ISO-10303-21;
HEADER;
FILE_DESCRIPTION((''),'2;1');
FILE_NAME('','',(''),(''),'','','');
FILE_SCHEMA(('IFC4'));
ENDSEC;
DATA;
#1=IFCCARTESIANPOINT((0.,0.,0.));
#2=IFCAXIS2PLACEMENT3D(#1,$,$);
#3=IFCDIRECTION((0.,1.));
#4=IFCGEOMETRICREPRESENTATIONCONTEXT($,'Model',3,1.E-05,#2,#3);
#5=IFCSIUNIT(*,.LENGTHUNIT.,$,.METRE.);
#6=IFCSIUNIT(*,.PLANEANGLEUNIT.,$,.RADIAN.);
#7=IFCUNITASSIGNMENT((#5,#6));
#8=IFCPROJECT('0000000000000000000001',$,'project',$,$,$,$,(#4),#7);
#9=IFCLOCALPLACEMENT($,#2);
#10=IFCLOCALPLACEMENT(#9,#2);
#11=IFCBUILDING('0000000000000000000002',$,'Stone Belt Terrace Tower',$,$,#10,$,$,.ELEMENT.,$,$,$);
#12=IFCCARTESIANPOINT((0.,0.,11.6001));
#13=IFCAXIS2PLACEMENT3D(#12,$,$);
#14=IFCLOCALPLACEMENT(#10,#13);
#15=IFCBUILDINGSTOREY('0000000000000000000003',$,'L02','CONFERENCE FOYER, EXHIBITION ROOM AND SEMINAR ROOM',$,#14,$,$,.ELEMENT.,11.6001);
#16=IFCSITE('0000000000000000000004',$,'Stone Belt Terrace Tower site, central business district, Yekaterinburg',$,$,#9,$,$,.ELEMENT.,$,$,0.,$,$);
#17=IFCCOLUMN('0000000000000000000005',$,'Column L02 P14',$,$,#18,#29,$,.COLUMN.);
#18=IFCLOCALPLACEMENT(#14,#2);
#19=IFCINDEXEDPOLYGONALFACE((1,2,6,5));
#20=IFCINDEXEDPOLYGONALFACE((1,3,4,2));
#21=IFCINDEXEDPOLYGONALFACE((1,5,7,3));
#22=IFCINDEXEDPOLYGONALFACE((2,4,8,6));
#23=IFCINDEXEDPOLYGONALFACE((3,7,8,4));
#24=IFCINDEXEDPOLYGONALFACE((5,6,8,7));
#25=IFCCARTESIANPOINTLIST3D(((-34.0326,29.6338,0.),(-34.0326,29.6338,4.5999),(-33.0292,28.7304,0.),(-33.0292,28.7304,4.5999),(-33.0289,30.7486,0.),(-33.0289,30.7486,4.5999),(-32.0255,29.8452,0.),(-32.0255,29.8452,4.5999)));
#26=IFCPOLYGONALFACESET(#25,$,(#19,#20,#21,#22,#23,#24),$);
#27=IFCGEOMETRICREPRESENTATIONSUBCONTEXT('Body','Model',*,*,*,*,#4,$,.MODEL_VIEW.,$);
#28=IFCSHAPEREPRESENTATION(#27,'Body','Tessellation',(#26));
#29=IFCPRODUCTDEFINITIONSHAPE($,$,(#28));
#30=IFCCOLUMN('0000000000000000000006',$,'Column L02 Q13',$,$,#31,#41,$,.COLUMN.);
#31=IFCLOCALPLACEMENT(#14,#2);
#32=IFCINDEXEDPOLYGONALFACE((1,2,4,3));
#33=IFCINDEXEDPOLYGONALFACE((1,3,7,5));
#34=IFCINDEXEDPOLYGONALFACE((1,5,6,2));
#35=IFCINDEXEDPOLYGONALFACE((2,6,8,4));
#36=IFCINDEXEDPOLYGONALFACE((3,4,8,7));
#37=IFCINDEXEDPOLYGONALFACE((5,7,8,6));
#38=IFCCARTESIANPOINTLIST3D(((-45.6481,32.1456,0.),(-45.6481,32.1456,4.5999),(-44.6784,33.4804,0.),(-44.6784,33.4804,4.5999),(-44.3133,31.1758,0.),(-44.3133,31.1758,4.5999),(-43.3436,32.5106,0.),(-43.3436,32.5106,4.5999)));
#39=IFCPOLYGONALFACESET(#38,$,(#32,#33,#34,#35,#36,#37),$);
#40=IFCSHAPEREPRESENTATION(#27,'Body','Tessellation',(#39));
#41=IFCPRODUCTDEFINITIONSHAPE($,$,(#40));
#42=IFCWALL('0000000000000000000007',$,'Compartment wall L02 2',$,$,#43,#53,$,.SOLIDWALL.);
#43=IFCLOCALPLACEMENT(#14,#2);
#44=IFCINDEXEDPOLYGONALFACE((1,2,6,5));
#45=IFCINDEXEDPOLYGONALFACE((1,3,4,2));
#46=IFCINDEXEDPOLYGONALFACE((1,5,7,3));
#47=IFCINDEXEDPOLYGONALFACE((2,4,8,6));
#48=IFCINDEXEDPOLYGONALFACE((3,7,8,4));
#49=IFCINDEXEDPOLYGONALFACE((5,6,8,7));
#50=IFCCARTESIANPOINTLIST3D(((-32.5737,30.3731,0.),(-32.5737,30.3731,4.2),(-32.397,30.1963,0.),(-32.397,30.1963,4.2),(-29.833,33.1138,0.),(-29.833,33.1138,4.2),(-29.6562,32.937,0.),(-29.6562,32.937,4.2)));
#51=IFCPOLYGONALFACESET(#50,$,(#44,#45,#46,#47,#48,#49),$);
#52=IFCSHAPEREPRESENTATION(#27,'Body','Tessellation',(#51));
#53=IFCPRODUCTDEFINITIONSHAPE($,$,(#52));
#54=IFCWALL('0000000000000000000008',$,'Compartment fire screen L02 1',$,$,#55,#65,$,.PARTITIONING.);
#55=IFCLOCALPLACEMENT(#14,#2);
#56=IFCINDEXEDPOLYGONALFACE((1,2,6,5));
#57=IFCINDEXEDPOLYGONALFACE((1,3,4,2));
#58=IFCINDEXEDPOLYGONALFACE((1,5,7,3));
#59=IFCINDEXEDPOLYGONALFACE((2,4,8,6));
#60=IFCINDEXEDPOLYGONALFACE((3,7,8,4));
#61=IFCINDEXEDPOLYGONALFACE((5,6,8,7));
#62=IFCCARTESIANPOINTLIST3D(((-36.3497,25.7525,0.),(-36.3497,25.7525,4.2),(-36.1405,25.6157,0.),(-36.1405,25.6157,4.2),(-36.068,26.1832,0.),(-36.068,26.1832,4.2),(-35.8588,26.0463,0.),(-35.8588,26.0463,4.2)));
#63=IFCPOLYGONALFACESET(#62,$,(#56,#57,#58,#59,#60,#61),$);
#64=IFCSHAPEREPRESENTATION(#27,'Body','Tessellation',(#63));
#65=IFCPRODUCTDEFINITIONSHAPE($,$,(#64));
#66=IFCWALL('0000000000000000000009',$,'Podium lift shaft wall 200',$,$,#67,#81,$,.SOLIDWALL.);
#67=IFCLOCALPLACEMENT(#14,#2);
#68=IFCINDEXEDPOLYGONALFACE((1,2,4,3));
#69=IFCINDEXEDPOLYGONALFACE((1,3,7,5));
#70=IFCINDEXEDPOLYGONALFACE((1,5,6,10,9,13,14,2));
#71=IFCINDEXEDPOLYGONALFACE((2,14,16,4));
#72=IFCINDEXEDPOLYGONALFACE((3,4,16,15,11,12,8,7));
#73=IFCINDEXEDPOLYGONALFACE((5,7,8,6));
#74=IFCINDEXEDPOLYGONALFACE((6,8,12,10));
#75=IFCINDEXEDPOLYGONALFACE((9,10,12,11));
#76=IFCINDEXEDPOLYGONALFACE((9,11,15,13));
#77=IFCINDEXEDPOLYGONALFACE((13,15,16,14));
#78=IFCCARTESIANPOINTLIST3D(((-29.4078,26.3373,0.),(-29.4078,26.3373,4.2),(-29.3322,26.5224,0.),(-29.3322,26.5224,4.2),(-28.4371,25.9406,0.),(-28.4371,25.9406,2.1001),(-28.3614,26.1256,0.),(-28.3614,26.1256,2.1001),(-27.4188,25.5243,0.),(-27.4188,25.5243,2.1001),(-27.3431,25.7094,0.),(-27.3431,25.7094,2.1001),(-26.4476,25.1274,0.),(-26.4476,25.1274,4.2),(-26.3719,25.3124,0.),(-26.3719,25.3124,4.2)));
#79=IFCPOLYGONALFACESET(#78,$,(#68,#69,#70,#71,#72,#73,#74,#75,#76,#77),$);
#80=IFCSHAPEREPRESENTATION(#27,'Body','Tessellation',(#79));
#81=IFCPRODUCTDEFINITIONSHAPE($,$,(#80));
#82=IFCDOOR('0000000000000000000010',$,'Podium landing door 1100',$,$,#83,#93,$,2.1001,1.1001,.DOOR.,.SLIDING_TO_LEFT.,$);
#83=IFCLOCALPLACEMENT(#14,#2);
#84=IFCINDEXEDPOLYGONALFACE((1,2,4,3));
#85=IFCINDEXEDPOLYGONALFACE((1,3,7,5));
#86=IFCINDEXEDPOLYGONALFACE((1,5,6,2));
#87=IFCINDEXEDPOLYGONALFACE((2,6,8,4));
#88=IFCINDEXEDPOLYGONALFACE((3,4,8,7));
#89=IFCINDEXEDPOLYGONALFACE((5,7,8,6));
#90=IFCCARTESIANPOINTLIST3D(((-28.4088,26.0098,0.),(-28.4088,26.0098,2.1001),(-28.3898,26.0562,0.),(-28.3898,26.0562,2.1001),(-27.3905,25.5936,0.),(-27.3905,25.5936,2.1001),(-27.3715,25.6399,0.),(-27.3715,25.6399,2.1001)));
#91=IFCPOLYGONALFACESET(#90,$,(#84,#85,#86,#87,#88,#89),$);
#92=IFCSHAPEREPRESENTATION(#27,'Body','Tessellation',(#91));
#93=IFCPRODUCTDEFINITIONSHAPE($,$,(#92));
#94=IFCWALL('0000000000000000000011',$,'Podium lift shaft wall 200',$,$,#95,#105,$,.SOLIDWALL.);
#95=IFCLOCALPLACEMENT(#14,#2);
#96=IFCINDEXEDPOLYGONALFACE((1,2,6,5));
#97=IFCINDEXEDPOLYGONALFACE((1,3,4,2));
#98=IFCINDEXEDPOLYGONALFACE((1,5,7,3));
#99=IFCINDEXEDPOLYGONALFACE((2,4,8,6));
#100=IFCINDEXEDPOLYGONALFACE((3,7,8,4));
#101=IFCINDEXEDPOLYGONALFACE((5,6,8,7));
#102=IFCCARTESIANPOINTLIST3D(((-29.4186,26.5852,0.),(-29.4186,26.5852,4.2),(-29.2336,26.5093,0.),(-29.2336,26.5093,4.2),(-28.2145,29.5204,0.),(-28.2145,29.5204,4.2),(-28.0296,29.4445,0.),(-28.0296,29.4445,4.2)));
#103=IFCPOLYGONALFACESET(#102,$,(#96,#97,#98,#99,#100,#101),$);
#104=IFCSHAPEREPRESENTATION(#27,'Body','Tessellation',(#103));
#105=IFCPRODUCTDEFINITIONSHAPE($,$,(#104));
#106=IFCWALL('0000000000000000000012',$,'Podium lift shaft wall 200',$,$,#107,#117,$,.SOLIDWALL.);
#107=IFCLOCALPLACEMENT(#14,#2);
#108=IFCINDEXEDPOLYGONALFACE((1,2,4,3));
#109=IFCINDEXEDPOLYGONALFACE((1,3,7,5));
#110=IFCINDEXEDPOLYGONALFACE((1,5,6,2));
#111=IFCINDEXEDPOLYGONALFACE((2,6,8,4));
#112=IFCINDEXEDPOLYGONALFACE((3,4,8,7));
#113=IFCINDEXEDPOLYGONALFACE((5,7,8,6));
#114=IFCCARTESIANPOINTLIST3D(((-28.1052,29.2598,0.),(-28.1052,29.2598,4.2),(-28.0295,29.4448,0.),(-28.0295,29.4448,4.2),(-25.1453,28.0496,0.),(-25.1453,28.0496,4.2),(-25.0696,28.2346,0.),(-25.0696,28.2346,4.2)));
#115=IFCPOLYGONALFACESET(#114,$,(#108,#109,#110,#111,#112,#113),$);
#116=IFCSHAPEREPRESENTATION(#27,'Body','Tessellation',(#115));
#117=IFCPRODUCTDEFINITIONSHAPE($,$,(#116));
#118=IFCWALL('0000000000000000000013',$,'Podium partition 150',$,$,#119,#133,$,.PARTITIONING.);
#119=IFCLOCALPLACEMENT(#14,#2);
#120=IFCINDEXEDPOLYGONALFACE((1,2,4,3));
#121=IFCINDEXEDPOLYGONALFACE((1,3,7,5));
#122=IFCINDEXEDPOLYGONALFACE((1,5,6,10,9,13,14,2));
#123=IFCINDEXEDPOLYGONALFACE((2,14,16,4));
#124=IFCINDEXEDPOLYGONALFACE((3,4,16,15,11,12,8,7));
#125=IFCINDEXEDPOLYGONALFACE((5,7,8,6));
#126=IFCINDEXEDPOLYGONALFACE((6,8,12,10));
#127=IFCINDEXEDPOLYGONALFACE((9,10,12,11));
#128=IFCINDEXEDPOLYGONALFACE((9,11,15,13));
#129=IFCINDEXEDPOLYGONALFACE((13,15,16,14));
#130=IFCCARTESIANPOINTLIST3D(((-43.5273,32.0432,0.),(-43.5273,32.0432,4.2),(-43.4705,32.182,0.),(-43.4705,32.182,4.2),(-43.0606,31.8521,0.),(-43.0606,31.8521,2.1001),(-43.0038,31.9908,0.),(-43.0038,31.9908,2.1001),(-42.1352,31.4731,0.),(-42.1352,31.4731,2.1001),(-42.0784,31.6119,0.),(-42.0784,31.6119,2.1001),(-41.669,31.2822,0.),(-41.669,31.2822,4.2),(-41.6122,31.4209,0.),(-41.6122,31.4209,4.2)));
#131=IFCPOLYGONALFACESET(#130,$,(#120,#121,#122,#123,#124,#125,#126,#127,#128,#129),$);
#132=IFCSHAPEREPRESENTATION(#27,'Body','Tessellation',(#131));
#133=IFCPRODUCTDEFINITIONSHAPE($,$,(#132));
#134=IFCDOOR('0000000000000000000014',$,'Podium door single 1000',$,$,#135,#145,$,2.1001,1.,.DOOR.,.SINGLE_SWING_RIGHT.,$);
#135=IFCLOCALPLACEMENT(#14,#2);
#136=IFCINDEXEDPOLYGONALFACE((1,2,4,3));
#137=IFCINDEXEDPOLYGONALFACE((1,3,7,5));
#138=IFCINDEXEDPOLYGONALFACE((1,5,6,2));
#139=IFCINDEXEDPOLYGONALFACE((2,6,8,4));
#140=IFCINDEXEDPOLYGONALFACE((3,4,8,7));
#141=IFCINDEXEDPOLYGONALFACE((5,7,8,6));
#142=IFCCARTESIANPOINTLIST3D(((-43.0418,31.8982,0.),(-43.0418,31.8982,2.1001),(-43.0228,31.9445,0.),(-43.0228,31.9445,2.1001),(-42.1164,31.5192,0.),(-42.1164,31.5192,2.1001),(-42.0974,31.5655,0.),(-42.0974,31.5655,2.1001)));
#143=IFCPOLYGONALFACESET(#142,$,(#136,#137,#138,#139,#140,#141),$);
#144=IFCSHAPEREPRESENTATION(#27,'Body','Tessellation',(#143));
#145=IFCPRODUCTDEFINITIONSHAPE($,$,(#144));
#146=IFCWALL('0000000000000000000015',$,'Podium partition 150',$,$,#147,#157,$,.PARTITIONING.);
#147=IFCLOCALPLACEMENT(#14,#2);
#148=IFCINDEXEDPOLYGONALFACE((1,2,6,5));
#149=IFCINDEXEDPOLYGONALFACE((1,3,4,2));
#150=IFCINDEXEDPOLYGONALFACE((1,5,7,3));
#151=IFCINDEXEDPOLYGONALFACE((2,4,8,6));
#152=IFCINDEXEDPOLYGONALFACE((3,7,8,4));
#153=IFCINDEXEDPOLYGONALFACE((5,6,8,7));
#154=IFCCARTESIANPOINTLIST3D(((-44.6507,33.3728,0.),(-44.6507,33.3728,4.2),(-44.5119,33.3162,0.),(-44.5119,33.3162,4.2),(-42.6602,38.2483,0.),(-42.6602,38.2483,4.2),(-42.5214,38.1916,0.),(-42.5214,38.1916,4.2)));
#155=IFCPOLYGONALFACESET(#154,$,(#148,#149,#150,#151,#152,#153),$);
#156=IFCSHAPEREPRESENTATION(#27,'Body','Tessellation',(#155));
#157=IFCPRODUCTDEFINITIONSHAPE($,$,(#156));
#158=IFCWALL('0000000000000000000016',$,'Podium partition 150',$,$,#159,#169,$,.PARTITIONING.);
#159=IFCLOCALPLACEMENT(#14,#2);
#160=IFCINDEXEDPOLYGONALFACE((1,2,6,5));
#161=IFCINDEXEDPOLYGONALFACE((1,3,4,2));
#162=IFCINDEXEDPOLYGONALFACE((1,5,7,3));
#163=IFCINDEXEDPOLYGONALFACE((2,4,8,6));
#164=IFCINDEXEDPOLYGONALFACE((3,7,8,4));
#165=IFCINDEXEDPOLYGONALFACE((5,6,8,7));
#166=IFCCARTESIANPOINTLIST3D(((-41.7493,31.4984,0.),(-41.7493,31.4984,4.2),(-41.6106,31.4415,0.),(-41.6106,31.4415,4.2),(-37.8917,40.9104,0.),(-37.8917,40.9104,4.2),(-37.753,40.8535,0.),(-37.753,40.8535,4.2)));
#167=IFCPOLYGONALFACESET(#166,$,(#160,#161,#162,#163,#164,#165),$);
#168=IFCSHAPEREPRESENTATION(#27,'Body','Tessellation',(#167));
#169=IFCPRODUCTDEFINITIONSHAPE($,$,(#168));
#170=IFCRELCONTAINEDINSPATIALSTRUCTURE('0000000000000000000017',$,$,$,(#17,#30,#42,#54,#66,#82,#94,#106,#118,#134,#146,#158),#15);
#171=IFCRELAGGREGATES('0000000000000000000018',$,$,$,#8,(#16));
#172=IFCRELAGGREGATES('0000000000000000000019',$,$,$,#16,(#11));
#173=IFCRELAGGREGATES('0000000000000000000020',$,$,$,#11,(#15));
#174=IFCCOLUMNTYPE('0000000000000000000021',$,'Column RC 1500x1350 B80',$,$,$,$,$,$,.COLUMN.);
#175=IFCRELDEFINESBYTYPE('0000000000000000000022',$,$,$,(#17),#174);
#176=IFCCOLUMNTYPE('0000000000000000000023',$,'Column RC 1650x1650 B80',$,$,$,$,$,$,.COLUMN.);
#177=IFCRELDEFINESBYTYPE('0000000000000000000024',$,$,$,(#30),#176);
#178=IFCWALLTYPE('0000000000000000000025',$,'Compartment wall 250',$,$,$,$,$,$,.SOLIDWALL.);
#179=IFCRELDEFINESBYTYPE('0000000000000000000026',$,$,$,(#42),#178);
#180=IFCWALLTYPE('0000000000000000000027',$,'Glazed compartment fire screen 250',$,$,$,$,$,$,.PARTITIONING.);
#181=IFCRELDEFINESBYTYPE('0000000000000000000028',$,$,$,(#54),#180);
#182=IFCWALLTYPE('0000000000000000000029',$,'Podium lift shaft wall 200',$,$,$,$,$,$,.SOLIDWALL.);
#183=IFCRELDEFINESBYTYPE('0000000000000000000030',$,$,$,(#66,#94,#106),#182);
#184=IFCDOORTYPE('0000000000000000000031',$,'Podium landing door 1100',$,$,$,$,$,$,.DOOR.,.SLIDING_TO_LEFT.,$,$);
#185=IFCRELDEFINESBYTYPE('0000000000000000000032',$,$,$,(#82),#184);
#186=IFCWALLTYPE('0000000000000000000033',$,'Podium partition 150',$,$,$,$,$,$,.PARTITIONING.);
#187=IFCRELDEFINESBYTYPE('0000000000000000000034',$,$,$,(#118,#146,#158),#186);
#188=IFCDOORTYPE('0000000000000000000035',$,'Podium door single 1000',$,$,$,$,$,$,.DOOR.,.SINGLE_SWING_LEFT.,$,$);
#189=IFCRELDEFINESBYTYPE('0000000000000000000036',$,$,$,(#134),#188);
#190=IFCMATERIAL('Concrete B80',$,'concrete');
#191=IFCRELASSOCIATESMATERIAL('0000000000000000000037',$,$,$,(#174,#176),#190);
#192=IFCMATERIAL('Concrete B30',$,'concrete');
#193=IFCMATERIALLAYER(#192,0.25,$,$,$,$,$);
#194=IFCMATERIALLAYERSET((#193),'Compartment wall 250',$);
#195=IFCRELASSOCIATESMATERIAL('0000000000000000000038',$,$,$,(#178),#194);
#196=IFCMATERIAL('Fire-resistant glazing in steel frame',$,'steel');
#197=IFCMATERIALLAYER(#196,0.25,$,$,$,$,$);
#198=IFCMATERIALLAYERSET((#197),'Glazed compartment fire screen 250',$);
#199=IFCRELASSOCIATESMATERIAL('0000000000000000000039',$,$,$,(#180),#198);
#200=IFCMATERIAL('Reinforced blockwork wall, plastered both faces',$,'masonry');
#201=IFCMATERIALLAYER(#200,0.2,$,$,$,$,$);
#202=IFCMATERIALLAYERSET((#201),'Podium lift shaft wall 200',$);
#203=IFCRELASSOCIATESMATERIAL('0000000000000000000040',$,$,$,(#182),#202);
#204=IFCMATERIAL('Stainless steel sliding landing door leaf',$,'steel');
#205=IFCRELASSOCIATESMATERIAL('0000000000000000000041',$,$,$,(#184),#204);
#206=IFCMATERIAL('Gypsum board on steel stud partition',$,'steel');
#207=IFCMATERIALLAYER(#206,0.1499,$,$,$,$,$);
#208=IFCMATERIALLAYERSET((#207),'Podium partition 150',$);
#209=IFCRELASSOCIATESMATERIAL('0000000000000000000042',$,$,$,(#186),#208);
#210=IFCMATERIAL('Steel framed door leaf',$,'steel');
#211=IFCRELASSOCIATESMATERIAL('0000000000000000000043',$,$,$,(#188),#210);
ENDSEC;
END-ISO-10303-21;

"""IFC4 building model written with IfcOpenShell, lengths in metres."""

from ifc_helpers import new_model, si_unit, direction, frame, frame_2d, origin, origin_2d, place, context, subcontext, project, spatial, rectangle, extrude, material, layer, layer_set, material_profile, profile_set, type_object, element, fill, save


model = new_model("IFC4")

# Units and contexts
model_context = context("Model", 3, precision=1e-05, world=origin(), true_north=direction((0.0, 1.0)))
body_context = subcontext(model_context, "Body", "Model", "MODEL_VIEW")
ifc_project = project(units=[si_unit("LENGTHUNIT", "METRE"), si_unit("PLANEANGLEUNIT", "RADIAN")], contexts=[model_context])

# Site, building, storey
site_placement = place(None, origin())
site = spatial("IfcSite", under=ifc_project, at=site_placement, Name="Stone Belt Terrace Tower site, central business district, Yekaterinburg", CompositionType="ELEMENT", RefElevation=0.0)
building_placement = place(site_placement, origin())
building = spatial("IfcBuilding", under=site, at=building_placement, Name="Stone Belt Terrace Tower", CompositionType="ELEMENT")
storey_placement = place(building_placement, frame((0.0, 0.0, 11.6001)))
storey = spatial("IfcBuildingStorey", under=building, at=storey_placement, Name="L02", Description="CONFERENCE FOYER, EXHIBITION ROOM AND SEMINAR ROOM", CompositionType="ELEMENT", Elevation=11.6001)

# Columns
ifc_material_1 = material(Name="Concrete B80", Category="concrete")
ifc_material_profile_1 = material_profile(ifc_material_1, rectangle(XDim=1.5, YDim=1.3501, at=origin_2d()), Name="RC 1500x1350")
ifc_profile_set_1 = profile_set([ifc_material_profile_1], Name="Concrete B80")
column_type_1 = type_object("IfcColumnType", Name="Column RC 1500x1350 B80", PredefinedType="COLUMN", material=ifc_profile_set_1)
column_1_placement = place(storey_placement, frame((-33.0291, 29.7395, 0.0), z_axis=(0.0, 0.0, 1.0), x_axis=(0.669131, 0.743145, 0.0)))
element("IfcColumn", 1, at=column_1_placement, inside=storey, type_object=column_type_1, Name="Column L02 P14", PredefinedType="COLUMN", context=body_context, shape_type="SweptSolid", body=[
    extrude(rectangle(XDim=1.5, YDim=1.3501, at=origin_2d()), origin(), (0.0, 0.0, 1.0), 4.5999),
])
ifc_material_profile_2 = material_profile(ifc_material_1, rectangle(XDim=1.6499, YDim=1.6499, at=origin_2d()), Name="RC 1650x1650")
ifc_profile_set_2 = profile_set([ifc_material_profile_2], Name="Concrete B80")
column_type_2 = type_object("IfcColumnType", Name="Column RC 1650x1650 B80", PredefinedType="COLUMN", material=ifc_profile_set_2)
column_2_placement = place(storey_placement, frame((-44.4958, 32.3281, 0.0), z_axis=(0.0, 0.0, 1.0), x_axis=(0.587785, 0.809017, 0.0)))
element("IfcColumn", 2, at=column_2_placement, inside=storey, type_object=column_type_2, Name="Column L02 Q13", PredefinedType="COLUMN", context=body_context, shape_type="SweptSolid", body=[
    extrude(rectangle(XDim=1.6499, YDim=1.6499, at=origin_2d()), origin(), (0.0, 0.0, 1.0), 4.5999),
])

# Walls
ifc_material_2 = material(Name="Concrete B30", Category="concrete")
ifc_layer_1 = layer(ifc_material_2, 0.25)
ifc_layer_set_1 = layer_set([ifc_layer_1], Name="Compartment wall 250")
wall_type_1 = type_object("IfcWallType", Name="Compartment wall 250", PredefinedType="SOLIDWALL", material=ifc_layer_set_1)
wall_1_placement = place(storey_placement, frame((-32.4854, 30.2847, 0.0), z_axis=(0.0, 0.0, 1.0), x_axis=(0.707107, 0.707107, 0.0)))
element("IfcWall", 3, at=wall_1_placement, inside=storey, type_object=wall_type_1, Name="Compartment wall L02 2", PredefinedType="SOLIDWALL", context=body_context, shape_type="SweptSolid", body=[
    extrude(rectangle(XDim=3.876, YDim=0.25, at=frame_2d((1.938, 0.0))), origin(), (0.0, 0.0, 1.0), 4.2),
])
ifc_material_3 = material(Name="Fire-resistant glazing in steel frame", Category="steel")
ifc_layer_2 = layer(ifc_material_3, 0.25)
ifc_layer_set_2 = layer_set([ifc_layer_2], Name="Glazed compartment fire screen 250")
wall_type_2 = type_object("IfcWallType", Name="Glazed compartment fire screen 250", PredefinedType="PARTITIONING", material=ifc_layer_set_2)
wall_2_placement = place(storey_placement, frame((-36.2451, 25.6841, 0.0), z_axis=(0.0, 0.0, 1.0), x_axis=(0.547454, 0.836836, 0.0)))
element("IfcWall", 4, at=wall_2_placement, inside=storey, type_object=wall_type_2, Name="Compartment fire screen L02 1", PredefinedType="PARTITIONING", context=body_context, shape_type="SweptSolid", body=[
    extrude(rectangle(XDim=0.5146, YDim=0.25, at=frame_2d((0.2573, 0.0))), origin(), (0.0, 0.0, 1.0), 4.2),
])

# Wall, opening, door
ifc_material_4 = material(Name="Reinforced blockwork wall, plastered both faces", Category="masonry")
ifc_layer_3 = layer(ifc_material_4, 0.2)
ifc_layer_set_3 = layer_set([ifc_layer_3], Name="Podium lift shaft wall 200")
wall_type_3 = type_object("IfcWallType", Name="Podium lift shaft wall 200", PredefinedType="SOLIDWALL", material=ifc_layer_set_3)
wall_3_placement = place(storey_placement, frame((-29.3701, 26.4299, 0.0), z_axis=(0.0, 0.0, 1.0), x_axis=(0.92566, -0.378356, 0.0)))
wall_3 = element("IfcWall", 5, at=wall_3_placement, inside=storey, type_object=wall_type_3, Name="Podium lift shaft wall 200", PredefinedType="SOLIDWALL", context=body_context, shape_type="SweptSolid", body=[
    extrude(rectangle(XDim=3.198, YDim=0.2, at=frame_2d((1.5991, 0.0))), origin(), (0.0, 0.0, 1.0), 4.2),
])
opening_1_placement = place(wall_3_placement, frame((1.0488, 0.0, 0.0)))
opening_1 = element("IfcOpeningElement", 6, at=opening_1_placement, cuts=wall_3, PredefinedType="OPENING", context=body_context, shape_type="SweptSolid", body=[
    extrude(rectangle(XDim=1.1001, YDim=2.1001, at=frame_2d((0.55, 1.05))), frame((0.0, 0.1099, 0.0), z_axis=(0.0, -1.0, 0.0), x_axis=(1.0, 0.0, 0.0)), (0.0, 0.0, 1.0), 0.22),
])
ifc_material_5 = material(Name="Stainless steel sliding landing door leaf", Category="steel")
door_type_1 = type_object("IfcDoorType", Name="Podium landing door 1100", OperationType="SLIDING_TO_LEFT", PredefinedType="DOOR", material=ifc_material_5)
door_1_placement = place(opening_1_placement, origin())
door_1 = element("IfcDoor", 7, at=door_1_placement, inside=storey, type_object=door_type_1, Name="Podium landing door 1100", OperationType="SLIDING_TO_LEFT", OverallHeight=2.1001, OverallWidth=1.1001, PredefinedType="DOOR", context=body_context, shape_type="SweptSolid", body=[
    extrude(rectangle(XDim=1.1001, YDim=2.1001, at=frame_2d((0.55, 1.05))), frame((0.0, 0.0249, 0.0), z_axis=(0.0, -1.0, 0.0), x_axis=(1.0, 0.0, 0.0)), (0.0, 0.0, 1.0), 0.05),
])
fill(opening_1, door_1)

# Walls
wall_4_placement = place(storey_placement, frame((-29.3262, 26.5471, 0.0), z_axis=(0.0, 0.0, 1.0), x_axis=(0.379523, 0.925182, 0.0)))
element("IfcWall", 8, at=wall_4_placement, inside=storey, type_object=wall_type_3, Name="Podium lift shaft wall 200", PredefinedType="SOLIDWALL", context=body_context, shape_type="SweptSolid", body=[
    extrude(rectangle(XDim=3.1726, YDim=0.2, at=frame_2d((1.5864, 0.0))), origin(), (0.0, 0.0, 1.0), 4.2),
])
wall_5_placement = place(storey_placement, frame((-28.0674, 29.3523, 0.0), z_axis=(0.0, 0.0, 1.0), x_axis=(0.925622, -0.378449, 0.0)))
element("IfcWall", 9, at=wall_5_placement, inside=storey, type_object=wall_type_3, Name="Podium lift shaft wall 200", PredefinedType="SOLIDWALL", context=body_context, shape_type="SweptSolid", body=[
    extrude(rectangle(XDim=3.1978, YDim=0.2, at=frame_2d((1.5989, 0.0))), origin(), (0.0, 0.0, 1.0), 4.2),
])

# Wall, opening, door
ifc_material_6 = material(Name="Gypsum board on steel stud partition", Category="steel")
ifc_layer_4 = layer(ifc_material_6, 0.1499)
ifc_layer_set_4 = layer_set([ifc_layer_4], Name="Podium partition 150")
wall_type_4 = type_object("IfcWallType", Name="Podium partition 150", PredefinedType="PARTITIONING", material=ifc_layer_set_4)
wall_6_placement = place(storey_placement, frame((-43.4988, 32.1125, 0.0), z_axis=(0.0, 0.0, 1.0), x_axis=(0.925402, -0.378988, 0.0)))
wall_6 = element("IfcWall", 10, at=wall_6_placement, inside=storey, type_object=wall_type_4, Name="Podium partition 150", PredefinedType="PARTITIONING", context=body_context, shape_type="SweptSolid", body=[
    extrude(rectangle(XDim=2.0081, YDim=0.1499, at=frame_2d((1.0039, 0.0))), origin(), (0.0, 0.0, 1.0), 4.2),
])
opening_2_placement = place(wall_6_placement, frame((0.5042, 0.0, 0.0)))
opening_2 = element("IfcOpeningElement", 11, at=opening_2_placement, cuts=wall_6, PredefinedType="OPENING", context=body_context, shape_type="SweptSolid", body=[
    extrude(rectangle(XDim=1.0, YDim=2.1001, at=frame_2d((0.5, 1.05))), frame((0.0, 0.085, 0.0), z_axis=(0.0, -1.0, 0.0), x_axis=(1.0, 0.0, 0.0)), (0.0, 0.0, 1.0), 0.1699),
])
ifc_material_7 = material(Name="Steel framed door leaf", Category="steel")
door_type_2 = type_object("IfcDoorType", Name="Podium door single 1000", OperationType="SINGLE_SWING_LEFT", PredefinedType="DOOR", material=ifc_material_7)
door_2_placement = place(opening_2_placement, origin())
door_2 = element("IfcDoor", 12, at=door_2_placement, inside=storey, type_object=door_type_2, Name="Podium door single 1000", OperationType="SINGLE_SWING_RIGHT", OverallHeight=2.1001, OverallWidth=1.0, PredefinedType="DOOR", context=body_context, shape_type="SweptSolid", body=[
    extrude(rectangle(XDim=1.0, YDim=2.1001, at=frame_2d((0.5, 1.05))), frame((0.0, 0.0249, 0.0), z_axis=(0.0, -1.0, 0.0), x_axis=(1.0, 0.0, 0.0)), (0.0, 0.0, 1.0), 0.05),
])
fill(opening_2, door_2)

# Walls
wall_7_placement = place(storey_placement, frame((-44.5813, 33.3445, 0.0), z_axis=(0.0, 0.0, 1.0), x_axis=(0.377976, 0.925816, 0.0)))
element("IfcWall", 13, at=wall_7_placement, inside=storey, type_object=wall_type_4, Name="Podium partition 150", PredefinedType="PARTITIONING", context=body_context, shape_type="SweptSolid", body=[
    extrude(rectangle(XDim=5.2661, YDim=0.1499, at=frame_2d((2.6331, 0.0))), origin(), (0.0, 0.0, 1.0), 4.2),
])
wall_8_placement = place(storey_placement, frame((-41.6799, 31.47, 0.0), z_axis=(0.0, 0.0, 1.0), x_axis=(0.379244, 0.925297, 0.0)))
element("IfcWall", 14, at=wall_8_placement, inside=storey, type_object=wall_type_4, Name="Podium partition 150", PredefinedType="PARTITIONING", context=body_context, shape_type="SweptSolid", body=[
    extrude(rectangle(XDim=10.1719, YDim=0.1499, at=frame_2d((5.0859, 0.0))), origin(), (0.0, 0.0, 1.0), 4.2),
])

save(model, "model.ifc")
